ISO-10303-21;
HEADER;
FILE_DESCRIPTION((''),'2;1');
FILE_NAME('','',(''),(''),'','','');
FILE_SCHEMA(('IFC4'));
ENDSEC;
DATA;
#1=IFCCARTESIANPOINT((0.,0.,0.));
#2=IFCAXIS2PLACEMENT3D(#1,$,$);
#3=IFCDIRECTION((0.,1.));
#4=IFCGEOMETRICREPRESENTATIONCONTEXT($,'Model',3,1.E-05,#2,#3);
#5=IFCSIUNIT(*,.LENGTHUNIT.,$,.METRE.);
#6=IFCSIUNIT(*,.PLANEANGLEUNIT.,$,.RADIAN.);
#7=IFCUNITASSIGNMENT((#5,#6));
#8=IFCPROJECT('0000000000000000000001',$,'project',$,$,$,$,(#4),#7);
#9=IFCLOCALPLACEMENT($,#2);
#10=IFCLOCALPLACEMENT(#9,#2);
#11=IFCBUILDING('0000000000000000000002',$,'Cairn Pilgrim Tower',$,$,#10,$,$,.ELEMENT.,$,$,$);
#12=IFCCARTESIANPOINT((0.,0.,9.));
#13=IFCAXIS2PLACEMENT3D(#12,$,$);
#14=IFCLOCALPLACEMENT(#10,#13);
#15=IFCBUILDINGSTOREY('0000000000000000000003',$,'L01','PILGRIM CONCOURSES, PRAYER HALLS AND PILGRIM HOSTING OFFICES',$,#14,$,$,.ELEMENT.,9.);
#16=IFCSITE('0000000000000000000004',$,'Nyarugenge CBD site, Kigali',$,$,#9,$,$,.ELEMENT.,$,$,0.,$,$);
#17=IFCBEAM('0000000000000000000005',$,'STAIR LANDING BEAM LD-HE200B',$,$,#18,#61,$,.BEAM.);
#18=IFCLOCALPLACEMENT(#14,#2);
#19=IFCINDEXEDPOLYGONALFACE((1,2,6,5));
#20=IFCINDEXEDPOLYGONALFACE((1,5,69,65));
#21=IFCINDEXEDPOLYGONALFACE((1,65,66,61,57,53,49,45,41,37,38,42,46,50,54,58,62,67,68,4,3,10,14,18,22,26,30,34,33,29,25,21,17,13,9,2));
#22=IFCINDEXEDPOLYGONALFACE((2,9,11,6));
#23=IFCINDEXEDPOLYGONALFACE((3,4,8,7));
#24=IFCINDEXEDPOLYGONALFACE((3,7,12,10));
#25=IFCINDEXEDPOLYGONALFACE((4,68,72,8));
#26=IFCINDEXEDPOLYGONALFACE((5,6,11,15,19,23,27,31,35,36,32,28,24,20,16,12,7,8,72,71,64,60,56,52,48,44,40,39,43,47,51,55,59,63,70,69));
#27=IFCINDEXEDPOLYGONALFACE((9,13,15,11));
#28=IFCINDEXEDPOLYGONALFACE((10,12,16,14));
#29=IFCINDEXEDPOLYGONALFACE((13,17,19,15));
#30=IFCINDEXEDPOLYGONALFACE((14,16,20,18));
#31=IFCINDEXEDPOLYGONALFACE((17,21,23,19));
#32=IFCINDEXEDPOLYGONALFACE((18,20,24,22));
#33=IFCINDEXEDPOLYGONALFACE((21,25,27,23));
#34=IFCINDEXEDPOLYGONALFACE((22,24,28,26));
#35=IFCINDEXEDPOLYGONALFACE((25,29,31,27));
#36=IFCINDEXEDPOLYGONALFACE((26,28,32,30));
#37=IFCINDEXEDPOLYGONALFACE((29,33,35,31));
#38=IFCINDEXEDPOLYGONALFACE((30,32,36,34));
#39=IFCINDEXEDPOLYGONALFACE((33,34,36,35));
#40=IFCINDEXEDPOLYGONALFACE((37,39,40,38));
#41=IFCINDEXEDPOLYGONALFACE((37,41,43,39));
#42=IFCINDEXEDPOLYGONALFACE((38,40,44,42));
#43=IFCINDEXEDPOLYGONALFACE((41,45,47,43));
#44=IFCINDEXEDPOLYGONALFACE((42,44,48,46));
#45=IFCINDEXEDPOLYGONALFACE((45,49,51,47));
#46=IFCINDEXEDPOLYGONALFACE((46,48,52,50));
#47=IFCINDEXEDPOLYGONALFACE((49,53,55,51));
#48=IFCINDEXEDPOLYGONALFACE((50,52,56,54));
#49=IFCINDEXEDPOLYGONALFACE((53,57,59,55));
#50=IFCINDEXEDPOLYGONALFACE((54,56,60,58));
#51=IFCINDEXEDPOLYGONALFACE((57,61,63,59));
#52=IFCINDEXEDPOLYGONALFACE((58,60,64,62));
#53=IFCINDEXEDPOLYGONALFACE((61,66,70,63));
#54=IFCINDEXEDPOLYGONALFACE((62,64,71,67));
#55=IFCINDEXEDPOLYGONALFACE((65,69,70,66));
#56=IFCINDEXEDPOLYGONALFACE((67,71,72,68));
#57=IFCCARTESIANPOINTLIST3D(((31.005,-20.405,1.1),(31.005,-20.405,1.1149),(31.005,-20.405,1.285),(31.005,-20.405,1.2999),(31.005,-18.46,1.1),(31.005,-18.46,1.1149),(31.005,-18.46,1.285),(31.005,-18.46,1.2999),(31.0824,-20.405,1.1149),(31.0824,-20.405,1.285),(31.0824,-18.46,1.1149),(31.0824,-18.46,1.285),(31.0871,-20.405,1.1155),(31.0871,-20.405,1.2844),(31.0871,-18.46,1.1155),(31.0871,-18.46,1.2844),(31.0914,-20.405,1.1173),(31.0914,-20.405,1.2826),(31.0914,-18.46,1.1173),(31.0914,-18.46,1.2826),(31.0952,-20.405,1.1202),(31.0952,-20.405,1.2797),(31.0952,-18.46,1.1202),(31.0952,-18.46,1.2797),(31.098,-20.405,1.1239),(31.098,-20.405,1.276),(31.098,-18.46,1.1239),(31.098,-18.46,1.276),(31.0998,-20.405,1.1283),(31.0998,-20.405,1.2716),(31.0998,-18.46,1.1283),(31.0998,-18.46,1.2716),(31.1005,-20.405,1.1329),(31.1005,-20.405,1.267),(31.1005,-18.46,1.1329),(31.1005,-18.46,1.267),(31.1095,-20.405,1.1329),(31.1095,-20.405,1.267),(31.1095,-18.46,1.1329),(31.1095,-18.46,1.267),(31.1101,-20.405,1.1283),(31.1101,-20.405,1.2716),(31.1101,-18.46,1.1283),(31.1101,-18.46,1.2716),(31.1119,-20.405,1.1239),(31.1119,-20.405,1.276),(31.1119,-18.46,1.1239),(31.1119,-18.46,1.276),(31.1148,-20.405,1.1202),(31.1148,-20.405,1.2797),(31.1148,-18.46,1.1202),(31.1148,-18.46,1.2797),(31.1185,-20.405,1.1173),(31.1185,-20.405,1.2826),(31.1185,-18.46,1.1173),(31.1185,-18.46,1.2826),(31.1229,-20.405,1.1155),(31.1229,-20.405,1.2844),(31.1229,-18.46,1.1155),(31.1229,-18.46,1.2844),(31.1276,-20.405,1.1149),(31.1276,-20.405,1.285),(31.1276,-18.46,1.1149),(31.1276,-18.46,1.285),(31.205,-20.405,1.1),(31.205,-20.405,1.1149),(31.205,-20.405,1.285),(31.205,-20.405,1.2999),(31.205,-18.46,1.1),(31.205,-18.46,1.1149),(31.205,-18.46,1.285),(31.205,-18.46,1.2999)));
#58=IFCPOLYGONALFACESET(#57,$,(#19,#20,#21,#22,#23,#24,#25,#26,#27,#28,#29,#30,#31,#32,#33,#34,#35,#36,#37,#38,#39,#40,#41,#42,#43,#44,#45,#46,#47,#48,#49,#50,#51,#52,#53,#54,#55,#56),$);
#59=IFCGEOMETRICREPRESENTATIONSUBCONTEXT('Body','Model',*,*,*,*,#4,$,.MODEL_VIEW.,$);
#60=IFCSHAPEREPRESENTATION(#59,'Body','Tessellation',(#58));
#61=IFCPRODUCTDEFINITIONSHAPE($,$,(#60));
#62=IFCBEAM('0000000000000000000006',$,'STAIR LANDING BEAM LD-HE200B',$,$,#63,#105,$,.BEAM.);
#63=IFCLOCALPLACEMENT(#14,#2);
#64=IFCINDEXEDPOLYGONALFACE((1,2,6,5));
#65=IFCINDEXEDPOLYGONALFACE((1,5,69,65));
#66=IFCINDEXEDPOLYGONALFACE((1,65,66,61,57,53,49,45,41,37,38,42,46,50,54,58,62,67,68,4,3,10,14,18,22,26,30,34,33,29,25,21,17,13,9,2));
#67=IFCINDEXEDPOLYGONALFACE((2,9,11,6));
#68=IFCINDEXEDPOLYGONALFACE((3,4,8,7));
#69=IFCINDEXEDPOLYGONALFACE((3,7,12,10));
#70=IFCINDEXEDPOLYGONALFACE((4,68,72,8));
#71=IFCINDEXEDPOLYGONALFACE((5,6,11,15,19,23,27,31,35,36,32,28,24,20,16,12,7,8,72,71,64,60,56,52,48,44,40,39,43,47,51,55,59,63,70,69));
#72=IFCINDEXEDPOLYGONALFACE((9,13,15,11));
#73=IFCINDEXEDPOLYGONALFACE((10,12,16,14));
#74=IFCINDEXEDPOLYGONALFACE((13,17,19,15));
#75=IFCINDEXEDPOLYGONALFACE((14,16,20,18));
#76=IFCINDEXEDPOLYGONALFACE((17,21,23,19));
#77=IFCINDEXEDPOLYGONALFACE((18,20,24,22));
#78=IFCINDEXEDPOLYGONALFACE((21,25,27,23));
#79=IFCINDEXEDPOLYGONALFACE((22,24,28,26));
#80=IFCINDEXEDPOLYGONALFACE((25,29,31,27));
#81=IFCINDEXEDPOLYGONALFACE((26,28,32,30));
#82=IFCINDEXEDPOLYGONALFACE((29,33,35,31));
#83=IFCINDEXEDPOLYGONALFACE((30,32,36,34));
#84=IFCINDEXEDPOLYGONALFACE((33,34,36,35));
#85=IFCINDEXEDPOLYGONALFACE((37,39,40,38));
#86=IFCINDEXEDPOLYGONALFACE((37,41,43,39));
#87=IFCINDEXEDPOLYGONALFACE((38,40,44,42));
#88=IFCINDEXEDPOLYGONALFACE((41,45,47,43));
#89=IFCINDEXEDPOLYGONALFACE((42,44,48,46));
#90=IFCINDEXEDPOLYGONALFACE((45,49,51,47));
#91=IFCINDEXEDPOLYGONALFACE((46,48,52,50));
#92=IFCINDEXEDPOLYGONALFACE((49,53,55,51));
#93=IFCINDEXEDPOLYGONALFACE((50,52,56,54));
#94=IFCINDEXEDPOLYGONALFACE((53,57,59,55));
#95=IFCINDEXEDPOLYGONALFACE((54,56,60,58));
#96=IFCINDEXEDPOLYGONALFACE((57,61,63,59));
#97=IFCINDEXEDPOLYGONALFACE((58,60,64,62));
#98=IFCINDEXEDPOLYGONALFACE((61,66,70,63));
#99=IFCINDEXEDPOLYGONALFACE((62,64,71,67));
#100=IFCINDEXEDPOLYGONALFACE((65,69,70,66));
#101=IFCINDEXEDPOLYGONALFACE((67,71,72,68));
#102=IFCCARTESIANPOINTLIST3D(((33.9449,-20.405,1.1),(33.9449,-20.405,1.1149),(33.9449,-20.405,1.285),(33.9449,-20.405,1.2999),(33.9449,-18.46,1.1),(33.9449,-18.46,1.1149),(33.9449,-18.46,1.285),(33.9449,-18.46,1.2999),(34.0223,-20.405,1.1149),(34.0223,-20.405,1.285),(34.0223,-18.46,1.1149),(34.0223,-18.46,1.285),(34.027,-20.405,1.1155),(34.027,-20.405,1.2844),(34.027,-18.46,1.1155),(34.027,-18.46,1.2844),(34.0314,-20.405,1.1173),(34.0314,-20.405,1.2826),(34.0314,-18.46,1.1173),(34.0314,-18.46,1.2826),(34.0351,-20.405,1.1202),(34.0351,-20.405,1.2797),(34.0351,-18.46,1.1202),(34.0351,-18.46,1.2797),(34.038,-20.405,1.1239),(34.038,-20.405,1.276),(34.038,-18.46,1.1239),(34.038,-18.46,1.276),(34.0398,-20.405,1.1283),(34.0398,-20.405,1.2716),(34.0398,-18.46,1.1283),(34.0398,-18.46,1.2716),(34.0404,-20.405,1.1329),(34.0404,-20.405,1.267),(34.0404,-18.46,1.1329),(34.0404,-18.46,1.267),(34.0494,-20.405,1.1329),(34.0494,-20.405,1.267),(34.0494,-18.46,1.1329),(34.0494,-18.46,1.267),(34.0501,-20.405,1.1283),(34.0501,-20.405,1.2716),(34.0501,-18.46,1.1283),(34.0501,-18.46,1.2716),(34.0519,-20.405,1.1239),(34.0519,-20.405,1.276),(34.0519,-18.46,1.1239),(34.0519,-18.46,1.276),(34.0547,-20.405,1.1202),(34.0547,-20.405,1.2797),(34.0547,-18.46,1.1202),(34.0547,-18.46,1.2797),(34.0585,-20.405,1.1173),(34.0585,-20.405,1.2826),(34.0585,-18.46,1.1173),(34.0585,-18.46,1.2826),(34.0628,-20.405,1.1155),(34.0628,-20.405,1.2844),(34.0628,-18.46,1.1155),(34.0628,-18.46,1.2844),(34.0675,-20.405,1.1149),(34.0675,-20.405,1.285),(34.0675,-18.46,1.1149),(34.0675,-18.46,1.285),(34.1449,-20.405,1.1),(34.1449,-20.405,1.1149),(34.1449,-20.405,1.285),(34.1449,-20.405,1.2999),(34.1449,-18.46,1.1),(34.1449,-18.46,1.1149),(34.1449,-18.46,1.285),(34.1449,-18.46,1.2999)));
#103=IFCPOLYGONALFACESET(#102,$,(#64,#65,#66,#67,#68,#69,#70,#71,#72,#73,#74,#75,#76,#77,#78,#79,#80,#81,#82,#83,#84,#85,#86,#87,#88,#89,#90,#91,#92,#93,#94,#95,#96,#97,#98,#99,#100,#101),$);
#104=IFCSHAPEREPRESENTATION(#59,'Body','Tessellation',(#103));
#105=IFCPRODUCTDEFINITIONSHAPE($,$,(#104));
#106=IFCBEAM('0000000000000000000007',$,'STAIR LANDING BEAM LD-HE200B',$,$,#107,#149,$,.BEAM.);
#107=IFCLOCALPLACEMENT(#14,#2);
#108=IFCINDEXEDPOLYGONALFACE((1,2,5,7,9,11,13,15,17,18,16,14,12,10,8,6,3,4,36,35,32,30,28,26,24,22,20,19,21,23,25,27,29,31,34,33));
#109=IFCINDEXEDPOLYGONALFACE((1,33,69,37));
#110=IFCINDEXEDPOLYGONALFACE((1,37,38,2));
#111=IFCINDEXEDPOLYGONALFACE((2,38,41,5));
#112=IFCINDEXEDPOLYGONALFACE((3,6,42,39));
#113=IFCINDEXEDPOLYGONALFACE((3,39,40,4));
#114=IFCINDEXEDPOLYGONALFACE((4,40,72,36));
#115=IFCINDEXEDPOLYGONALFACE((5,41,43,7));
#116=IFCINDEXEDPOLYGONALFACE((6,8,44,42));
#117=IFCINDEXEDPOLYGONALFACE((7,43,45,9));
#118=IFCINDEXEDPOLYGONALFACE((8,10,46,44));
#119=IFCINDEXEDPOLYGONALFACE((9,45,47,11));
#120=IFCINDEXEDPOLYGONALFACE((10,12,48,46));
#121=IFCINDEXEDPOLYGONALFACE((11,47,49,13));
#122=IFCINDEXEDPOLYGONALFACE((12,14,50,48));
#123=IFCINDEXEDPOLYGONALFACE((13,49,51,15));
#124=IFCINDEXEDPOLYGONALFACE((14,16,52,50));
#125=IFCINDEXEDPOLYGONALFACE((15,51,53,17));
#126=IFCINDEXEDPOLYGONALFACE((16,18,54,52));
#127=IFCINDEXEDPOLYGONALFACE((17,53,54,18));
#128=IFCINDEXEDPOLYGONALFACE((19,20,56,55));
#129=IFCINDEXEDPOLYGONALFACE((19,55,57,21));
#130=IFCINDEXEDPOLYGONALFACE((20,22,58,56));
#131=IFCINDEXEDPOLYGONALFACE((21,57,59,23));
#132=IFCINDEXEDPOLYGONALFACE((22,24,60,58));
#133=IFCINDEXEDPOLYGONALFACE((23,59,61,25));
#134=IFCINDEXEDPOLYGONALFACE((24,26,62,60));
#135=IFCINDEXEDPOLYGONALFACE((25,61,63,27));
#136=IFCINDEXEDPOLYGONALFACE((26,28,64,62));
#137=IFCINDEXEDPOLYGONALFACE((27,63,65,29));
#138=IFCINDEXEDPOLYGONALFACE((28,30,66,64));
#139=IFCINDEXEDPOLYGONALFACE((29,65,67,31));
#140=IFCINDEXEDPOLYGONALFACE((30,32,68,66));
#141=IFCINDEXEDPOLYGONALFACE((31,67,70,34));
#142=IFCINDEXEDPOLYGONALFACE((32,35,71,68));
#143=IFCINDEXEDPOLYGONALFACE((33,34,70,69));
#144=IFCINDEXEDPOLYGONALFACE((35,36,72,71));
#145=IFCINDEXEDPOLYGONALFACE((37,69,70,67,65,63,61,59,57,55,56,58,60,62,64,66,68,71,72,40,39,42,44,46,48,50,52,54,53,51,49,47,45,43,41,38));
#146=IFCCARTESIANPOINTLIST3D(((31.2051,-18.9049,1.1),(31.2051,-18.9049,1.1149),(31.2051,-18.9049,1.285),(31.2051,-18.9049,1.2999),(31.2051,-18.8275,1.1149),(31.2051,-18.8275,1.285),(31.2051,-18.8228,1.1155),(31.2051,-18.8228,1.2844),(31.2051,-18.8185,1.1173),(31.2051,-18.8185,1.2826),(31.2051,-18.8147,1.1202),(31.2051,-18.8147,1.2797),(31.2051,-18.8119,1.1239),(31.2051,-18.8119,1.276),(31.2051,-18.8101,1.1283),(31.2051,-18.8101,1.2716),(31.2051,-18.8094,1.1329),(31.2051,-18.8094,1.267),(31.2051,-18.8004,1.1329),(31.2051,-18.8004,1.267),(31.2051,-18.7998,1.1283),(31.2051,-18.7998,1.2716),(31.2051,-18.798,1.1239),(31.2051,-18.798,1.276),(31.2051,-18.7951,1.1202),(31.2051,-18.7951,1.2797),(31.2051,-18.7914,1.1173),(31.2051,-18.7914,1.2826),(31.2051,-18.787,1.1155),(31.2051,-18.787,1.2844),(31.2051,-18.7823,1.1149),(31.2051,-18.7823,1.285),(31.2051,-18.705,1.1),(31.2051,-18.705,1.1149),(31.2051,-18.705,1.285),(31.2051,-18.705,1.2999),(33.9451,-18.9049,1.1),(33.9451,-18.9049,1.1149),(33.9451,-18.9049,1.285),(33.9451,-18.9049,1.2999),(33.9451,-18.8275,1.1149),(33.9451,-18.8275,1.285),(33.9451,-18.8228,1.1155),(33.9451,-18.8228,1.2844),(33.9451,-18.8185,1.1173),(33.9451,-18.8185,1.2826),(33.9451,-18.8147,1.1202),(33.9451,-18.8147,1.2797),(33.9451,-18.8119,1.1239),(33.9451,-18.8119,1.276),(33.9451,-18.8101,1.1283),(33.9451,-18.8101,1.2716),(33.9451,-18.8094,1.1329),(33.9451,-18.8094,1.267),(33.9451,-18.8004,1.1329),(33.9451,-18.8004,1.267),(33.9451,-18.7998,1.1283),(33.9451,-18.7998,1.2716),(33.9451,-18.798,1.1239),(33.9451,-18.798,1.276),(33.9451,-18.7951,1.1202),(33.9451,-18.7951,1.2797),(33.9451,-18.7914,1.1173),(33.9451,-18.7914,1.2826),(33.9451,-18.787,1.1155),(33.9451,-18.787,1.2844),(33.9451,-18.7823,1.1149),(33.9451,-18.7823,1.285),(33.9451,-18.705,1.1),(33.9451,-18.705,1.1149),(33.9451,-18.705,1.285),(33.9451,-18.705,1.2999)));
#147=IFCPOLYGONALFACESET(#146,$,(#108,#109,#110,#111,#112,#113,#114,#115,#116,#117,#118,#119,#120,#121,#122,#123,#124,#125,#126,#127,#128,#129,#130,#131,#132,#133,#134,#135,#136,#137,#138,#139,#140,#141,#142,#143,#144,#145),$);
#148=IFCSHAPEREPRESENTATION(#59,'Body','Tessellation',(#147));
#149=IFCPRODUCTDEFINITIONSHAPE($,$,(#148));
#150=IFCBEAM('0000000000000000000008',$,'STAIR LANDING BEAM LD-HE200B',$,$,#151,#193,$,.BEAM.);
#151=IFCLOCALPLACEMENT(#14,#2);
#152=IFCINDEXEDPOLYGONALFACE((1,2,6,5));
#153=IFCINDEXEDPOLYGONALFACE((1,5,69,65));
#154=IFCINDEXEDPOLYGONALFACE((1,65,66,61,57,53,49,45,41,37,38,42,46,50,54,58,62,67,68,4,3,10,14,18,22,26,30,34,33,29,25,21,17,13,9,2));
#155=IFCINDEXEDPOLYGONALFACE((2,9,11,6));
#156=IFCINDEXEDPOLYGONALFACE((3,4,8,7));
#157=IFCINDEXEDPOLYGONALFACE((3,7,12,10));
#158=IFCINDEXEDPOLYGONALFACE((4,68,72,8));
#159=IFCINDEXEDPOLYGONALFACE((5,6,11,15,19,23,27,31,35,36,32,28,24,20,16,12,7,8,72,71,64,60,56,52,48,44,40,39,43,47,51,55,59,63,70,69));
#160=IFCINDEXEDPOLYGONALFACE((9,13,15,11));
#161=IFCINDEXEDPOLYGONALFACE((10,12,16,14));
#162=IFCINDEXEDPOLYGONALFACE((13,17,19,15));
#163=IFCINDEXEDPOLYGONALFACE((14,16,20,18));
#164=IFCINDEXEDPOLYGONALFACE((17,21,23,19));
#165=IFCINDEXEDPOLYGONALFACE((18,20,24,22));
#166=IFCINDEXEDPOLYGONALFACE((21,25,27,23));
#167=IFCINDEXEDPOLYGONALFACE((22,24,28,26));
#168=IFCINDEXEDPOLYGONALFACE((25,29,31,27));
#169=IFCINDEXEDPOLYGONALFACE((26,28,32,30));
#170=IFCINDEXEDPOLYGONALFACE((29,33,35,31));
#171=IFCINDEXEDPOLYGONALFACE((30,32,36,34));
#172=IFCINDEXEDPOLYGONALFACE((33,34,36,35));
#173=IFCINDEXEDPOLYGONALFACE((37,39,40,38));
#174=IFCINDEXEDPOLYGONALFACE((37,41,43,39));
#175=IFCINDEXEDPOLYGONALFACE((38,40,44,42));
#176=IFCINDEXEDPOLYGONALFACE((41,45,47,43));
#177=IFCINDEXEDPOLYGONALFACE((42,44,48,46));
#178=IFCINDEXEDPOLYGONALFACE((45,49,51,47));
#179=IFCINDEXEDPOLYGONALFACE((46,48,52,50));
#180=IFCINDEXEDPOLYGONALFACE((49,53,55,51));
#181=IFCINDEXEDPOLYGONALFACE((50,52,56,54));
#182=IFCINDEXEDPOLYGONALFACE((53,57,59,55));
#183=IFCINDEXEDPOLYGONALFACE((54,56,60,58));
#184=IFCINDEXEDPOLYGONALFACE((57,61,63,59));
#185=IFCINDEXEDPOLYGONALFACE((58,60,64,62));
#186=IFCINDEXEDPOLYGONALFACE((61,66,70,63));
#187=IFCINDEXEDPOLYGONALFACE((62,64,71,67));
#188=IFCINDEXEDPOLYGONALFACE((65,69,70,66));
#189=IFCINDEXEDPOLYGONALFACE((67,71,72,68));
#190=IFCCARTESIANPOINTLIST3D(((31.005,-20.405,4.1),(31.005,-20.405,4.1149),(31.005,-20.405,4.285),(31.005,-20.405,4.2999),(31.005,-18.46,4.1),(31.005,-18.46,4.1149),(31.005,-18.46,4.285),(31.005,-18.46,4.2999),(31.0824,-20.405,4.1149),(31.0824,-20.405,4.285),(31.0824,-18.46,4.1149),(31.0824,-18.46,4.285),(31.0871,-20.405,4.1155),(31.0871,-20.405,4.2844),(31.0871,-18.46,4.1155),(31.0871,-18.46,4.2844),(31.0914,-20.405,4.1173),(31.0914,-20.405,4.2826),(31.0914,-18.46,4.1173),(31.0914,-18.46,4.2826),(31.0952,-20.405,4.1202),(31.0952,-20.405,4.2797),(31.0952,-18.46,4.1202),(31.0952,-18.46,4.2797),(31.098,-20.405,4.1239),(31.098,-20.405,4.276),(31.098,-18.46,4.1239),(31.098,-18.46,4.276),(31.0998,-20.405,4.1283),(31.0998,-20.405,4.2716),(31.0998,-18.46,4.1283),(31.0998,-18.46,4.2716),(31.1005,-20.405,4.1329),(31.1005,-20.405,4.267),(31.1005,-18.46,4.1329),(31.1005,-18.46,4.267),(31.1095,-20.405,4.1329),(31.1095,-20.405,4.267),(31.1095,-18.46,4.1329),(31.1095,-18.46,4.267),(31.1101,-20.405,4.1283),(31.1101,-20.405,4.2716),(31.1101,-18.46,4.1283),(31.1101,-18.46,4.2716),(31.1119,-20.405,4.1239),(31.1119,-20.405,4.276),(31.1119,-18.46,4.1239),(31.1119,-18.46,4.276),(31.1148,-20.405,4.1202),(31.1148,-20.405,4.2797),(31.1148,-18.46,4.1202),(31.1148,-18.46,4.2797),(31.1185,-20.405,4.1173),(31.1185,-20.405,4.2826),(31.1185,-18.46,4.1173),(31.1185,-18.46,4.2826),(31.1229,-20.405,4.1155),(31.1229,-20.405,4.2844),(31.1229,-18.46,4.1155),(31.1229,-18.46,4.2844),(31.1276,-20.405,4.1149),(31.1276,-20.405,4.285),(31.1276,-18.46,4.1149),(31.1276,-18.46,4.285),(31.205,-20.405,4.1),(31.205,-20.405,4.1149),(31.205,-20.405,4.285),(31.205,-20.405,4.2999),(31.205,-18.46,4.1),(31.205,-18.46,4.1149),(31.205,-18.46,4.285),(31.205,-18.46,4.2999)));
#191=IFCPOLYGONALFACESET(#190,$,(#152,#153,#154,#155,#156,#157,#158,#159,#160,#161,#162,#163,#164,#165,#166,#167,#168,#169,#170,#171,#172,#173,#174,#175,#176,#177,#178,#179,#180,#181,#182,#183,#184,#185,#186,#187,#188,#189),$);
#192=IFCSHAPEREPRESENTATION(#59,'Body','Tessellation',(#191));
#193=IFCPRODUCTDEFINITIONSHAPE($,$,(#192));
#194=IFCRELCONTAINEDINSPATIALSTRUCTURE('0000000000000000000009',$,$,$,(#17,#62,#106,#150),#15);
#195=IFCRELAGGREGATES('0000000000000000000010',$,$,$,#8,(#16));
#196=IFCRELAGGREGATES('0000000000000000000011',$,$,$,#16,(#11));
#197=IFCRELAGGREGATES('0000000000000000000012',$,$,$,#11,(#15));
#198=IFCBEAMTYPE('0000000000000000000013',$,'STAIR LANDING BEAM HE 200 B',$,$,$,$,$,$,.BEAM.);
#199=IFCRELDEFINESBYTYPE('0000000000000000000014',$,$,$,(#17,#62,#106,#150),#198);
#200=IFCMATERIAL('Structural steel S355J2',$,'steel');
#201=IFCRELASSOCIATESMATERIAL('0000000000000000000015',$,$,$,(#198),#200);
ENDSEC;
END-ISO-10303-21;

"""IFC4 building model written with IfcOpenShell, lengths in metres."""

from ifc_helpers import new_model, si_unit, direction, frame, origin, origin_2d, place, context, subcontext, project, spatial, i_section, extrude, material, material_profile, profile_set, type_object, element, save


model = new_model("IFC4")

# Units and contexts
model_context = context("Model", 3, precision=1e-05, world=origin(), true_north=direction((0.0, 1.0)))
body_context = subcontext(model_context, "Body", "Model", "MODEL_VIEW")
ifc_project = project(units=[si_unit("LENGTHUNIT", "METRE"), si_unit("PLANEANGLEUNIT", "RADIAN")], contexts=[model_context])

# Site, building, storey
site_placement = place(None, origin())
site = spatial("IfcSite", under=ifc_project, at=site_placement, Name="Nyarugenge CBD site, Kigali", CompositionType="ELEMENT", RefElevation=0.0)
building_placement = place(site_placement, origin())
building = spatial("IfcBuilding", under=site, at=building_placement, Name="Cairn Pilgrim Tower", CompositionType="ELEMENT")
storey_placement = place(building_placement, frame((0.0, 0.0, 9.0)))
storey = spatial("IfcBuildingStorey", under=building, at=storey_placement, Name="L01", Description="PILGRIM CONCOURSES, PRAYER HALLS AND PILGRIM HOSTING OFFICES", CompositionType="ELEMENT", Elevation=9.0)

# Shared definitions
ifc_material_1 = material(Name="Structural steel S355J2", Category="steel")

# Beams
ifc_material_profile_1 = material_profile(ifc_material_1, i_section(OverallWidth=0.2, OverallDepth=0.2, WebThickness=0.009, FlangeThickness=0.0149, FilletRadius=0.0181, at=origin_2d()), Name="HE 200 B")
ifc_profile_set_1 = profile_set([ifc_material_profile_1], Name="Structural steel S355J2")
beam_type_1 = type_object("IfcBeamType", Name="STAIR LANDING BEAM HE 200 B", PredefinedType="BEAM", material=ifc_profile_set_1)
for number, where, z_axis, x_axis, name in (
    (1, (31.105, -18.46, 1.2), (0.0, -1.0, 0.0), (1.0, 0.0, 0.0), "STAIR LANDING BEAM LD-HE200B"),
    (2, (34.0449, -18.46, 1.2), (0.0, -1.0, 0.0), (1.0, 0.0, 0.0), "STAIR LANDING BEAM LD-HE200B"),
):
    element("IfcBeam", number, at=place(storey_placement, frame(where, z_axis=z_axis, x_axis=x_axis)), inside=storey, type_object=beam_type_1, Name=name, PredefinedType="BEAM", context=body_context, shape_type="SweptSolid", body=[
        extrude(i_section(OverallWidth=0.2, OverallDepth=0.2, WebThickness=0.009, FlangeThickness=0.0149, FilletRadius=0.0181, at=origin_2d()), origin(), (0.0, 0.0, 1.0), 1.9451),
    ])
beam_1_placement = place(storey_placement, frame((31.2051, -18.8049, 1.2), z_axis=(1.0, 0.0, 0.0), x_axis=(0.0, 1.0, 0.0)))
element("IfcBeam", 3, at=beam_1_placement, inside=storey, type_object=beam_type_1, Name="STAIR LANDING BEAM LD-HE200B", PredefinedType="BEAM", context=body_context, shape_type="SweptSolid", body=[
    extrude(i_section(OverallWidth=0.2, OverallDepth=0.2, WebThickness=0.009, FlangeThickness=0.0149, FilletRadius=0.0181, at=origin_2d()), origin(), (0.0, 0.0, 1.0), 2.74),
])
for number, where, z_axis, x_axis, name in (
    (4, (31.105, -18.46, 4.2), (0.0, -1.0, 0.0), (1.0, 0.0, 0.0), "STAIR LANDING BEAM LD-HE200B"),
):
    element("IfcBeam", number, at=place(storey_placement, frame(where, z_axis=z_axis, x_axis=x_axis)), inside=storey, type_object=beam_type_1, Name=name, PredefinedType="BEAM", context=body_context, shape_type="SweptSolid", body=[
        extrude(i_section(OverallWidth=0.2, OverallDepth=0.2, WebThickness=0.009, FlangeThickness=0.0149, FilletRadius=0.0181, at=origin_2d()), origin(), (0.0, 0.0, 1.0), 1.9451),
    ])

save(model, "model.ifc")
